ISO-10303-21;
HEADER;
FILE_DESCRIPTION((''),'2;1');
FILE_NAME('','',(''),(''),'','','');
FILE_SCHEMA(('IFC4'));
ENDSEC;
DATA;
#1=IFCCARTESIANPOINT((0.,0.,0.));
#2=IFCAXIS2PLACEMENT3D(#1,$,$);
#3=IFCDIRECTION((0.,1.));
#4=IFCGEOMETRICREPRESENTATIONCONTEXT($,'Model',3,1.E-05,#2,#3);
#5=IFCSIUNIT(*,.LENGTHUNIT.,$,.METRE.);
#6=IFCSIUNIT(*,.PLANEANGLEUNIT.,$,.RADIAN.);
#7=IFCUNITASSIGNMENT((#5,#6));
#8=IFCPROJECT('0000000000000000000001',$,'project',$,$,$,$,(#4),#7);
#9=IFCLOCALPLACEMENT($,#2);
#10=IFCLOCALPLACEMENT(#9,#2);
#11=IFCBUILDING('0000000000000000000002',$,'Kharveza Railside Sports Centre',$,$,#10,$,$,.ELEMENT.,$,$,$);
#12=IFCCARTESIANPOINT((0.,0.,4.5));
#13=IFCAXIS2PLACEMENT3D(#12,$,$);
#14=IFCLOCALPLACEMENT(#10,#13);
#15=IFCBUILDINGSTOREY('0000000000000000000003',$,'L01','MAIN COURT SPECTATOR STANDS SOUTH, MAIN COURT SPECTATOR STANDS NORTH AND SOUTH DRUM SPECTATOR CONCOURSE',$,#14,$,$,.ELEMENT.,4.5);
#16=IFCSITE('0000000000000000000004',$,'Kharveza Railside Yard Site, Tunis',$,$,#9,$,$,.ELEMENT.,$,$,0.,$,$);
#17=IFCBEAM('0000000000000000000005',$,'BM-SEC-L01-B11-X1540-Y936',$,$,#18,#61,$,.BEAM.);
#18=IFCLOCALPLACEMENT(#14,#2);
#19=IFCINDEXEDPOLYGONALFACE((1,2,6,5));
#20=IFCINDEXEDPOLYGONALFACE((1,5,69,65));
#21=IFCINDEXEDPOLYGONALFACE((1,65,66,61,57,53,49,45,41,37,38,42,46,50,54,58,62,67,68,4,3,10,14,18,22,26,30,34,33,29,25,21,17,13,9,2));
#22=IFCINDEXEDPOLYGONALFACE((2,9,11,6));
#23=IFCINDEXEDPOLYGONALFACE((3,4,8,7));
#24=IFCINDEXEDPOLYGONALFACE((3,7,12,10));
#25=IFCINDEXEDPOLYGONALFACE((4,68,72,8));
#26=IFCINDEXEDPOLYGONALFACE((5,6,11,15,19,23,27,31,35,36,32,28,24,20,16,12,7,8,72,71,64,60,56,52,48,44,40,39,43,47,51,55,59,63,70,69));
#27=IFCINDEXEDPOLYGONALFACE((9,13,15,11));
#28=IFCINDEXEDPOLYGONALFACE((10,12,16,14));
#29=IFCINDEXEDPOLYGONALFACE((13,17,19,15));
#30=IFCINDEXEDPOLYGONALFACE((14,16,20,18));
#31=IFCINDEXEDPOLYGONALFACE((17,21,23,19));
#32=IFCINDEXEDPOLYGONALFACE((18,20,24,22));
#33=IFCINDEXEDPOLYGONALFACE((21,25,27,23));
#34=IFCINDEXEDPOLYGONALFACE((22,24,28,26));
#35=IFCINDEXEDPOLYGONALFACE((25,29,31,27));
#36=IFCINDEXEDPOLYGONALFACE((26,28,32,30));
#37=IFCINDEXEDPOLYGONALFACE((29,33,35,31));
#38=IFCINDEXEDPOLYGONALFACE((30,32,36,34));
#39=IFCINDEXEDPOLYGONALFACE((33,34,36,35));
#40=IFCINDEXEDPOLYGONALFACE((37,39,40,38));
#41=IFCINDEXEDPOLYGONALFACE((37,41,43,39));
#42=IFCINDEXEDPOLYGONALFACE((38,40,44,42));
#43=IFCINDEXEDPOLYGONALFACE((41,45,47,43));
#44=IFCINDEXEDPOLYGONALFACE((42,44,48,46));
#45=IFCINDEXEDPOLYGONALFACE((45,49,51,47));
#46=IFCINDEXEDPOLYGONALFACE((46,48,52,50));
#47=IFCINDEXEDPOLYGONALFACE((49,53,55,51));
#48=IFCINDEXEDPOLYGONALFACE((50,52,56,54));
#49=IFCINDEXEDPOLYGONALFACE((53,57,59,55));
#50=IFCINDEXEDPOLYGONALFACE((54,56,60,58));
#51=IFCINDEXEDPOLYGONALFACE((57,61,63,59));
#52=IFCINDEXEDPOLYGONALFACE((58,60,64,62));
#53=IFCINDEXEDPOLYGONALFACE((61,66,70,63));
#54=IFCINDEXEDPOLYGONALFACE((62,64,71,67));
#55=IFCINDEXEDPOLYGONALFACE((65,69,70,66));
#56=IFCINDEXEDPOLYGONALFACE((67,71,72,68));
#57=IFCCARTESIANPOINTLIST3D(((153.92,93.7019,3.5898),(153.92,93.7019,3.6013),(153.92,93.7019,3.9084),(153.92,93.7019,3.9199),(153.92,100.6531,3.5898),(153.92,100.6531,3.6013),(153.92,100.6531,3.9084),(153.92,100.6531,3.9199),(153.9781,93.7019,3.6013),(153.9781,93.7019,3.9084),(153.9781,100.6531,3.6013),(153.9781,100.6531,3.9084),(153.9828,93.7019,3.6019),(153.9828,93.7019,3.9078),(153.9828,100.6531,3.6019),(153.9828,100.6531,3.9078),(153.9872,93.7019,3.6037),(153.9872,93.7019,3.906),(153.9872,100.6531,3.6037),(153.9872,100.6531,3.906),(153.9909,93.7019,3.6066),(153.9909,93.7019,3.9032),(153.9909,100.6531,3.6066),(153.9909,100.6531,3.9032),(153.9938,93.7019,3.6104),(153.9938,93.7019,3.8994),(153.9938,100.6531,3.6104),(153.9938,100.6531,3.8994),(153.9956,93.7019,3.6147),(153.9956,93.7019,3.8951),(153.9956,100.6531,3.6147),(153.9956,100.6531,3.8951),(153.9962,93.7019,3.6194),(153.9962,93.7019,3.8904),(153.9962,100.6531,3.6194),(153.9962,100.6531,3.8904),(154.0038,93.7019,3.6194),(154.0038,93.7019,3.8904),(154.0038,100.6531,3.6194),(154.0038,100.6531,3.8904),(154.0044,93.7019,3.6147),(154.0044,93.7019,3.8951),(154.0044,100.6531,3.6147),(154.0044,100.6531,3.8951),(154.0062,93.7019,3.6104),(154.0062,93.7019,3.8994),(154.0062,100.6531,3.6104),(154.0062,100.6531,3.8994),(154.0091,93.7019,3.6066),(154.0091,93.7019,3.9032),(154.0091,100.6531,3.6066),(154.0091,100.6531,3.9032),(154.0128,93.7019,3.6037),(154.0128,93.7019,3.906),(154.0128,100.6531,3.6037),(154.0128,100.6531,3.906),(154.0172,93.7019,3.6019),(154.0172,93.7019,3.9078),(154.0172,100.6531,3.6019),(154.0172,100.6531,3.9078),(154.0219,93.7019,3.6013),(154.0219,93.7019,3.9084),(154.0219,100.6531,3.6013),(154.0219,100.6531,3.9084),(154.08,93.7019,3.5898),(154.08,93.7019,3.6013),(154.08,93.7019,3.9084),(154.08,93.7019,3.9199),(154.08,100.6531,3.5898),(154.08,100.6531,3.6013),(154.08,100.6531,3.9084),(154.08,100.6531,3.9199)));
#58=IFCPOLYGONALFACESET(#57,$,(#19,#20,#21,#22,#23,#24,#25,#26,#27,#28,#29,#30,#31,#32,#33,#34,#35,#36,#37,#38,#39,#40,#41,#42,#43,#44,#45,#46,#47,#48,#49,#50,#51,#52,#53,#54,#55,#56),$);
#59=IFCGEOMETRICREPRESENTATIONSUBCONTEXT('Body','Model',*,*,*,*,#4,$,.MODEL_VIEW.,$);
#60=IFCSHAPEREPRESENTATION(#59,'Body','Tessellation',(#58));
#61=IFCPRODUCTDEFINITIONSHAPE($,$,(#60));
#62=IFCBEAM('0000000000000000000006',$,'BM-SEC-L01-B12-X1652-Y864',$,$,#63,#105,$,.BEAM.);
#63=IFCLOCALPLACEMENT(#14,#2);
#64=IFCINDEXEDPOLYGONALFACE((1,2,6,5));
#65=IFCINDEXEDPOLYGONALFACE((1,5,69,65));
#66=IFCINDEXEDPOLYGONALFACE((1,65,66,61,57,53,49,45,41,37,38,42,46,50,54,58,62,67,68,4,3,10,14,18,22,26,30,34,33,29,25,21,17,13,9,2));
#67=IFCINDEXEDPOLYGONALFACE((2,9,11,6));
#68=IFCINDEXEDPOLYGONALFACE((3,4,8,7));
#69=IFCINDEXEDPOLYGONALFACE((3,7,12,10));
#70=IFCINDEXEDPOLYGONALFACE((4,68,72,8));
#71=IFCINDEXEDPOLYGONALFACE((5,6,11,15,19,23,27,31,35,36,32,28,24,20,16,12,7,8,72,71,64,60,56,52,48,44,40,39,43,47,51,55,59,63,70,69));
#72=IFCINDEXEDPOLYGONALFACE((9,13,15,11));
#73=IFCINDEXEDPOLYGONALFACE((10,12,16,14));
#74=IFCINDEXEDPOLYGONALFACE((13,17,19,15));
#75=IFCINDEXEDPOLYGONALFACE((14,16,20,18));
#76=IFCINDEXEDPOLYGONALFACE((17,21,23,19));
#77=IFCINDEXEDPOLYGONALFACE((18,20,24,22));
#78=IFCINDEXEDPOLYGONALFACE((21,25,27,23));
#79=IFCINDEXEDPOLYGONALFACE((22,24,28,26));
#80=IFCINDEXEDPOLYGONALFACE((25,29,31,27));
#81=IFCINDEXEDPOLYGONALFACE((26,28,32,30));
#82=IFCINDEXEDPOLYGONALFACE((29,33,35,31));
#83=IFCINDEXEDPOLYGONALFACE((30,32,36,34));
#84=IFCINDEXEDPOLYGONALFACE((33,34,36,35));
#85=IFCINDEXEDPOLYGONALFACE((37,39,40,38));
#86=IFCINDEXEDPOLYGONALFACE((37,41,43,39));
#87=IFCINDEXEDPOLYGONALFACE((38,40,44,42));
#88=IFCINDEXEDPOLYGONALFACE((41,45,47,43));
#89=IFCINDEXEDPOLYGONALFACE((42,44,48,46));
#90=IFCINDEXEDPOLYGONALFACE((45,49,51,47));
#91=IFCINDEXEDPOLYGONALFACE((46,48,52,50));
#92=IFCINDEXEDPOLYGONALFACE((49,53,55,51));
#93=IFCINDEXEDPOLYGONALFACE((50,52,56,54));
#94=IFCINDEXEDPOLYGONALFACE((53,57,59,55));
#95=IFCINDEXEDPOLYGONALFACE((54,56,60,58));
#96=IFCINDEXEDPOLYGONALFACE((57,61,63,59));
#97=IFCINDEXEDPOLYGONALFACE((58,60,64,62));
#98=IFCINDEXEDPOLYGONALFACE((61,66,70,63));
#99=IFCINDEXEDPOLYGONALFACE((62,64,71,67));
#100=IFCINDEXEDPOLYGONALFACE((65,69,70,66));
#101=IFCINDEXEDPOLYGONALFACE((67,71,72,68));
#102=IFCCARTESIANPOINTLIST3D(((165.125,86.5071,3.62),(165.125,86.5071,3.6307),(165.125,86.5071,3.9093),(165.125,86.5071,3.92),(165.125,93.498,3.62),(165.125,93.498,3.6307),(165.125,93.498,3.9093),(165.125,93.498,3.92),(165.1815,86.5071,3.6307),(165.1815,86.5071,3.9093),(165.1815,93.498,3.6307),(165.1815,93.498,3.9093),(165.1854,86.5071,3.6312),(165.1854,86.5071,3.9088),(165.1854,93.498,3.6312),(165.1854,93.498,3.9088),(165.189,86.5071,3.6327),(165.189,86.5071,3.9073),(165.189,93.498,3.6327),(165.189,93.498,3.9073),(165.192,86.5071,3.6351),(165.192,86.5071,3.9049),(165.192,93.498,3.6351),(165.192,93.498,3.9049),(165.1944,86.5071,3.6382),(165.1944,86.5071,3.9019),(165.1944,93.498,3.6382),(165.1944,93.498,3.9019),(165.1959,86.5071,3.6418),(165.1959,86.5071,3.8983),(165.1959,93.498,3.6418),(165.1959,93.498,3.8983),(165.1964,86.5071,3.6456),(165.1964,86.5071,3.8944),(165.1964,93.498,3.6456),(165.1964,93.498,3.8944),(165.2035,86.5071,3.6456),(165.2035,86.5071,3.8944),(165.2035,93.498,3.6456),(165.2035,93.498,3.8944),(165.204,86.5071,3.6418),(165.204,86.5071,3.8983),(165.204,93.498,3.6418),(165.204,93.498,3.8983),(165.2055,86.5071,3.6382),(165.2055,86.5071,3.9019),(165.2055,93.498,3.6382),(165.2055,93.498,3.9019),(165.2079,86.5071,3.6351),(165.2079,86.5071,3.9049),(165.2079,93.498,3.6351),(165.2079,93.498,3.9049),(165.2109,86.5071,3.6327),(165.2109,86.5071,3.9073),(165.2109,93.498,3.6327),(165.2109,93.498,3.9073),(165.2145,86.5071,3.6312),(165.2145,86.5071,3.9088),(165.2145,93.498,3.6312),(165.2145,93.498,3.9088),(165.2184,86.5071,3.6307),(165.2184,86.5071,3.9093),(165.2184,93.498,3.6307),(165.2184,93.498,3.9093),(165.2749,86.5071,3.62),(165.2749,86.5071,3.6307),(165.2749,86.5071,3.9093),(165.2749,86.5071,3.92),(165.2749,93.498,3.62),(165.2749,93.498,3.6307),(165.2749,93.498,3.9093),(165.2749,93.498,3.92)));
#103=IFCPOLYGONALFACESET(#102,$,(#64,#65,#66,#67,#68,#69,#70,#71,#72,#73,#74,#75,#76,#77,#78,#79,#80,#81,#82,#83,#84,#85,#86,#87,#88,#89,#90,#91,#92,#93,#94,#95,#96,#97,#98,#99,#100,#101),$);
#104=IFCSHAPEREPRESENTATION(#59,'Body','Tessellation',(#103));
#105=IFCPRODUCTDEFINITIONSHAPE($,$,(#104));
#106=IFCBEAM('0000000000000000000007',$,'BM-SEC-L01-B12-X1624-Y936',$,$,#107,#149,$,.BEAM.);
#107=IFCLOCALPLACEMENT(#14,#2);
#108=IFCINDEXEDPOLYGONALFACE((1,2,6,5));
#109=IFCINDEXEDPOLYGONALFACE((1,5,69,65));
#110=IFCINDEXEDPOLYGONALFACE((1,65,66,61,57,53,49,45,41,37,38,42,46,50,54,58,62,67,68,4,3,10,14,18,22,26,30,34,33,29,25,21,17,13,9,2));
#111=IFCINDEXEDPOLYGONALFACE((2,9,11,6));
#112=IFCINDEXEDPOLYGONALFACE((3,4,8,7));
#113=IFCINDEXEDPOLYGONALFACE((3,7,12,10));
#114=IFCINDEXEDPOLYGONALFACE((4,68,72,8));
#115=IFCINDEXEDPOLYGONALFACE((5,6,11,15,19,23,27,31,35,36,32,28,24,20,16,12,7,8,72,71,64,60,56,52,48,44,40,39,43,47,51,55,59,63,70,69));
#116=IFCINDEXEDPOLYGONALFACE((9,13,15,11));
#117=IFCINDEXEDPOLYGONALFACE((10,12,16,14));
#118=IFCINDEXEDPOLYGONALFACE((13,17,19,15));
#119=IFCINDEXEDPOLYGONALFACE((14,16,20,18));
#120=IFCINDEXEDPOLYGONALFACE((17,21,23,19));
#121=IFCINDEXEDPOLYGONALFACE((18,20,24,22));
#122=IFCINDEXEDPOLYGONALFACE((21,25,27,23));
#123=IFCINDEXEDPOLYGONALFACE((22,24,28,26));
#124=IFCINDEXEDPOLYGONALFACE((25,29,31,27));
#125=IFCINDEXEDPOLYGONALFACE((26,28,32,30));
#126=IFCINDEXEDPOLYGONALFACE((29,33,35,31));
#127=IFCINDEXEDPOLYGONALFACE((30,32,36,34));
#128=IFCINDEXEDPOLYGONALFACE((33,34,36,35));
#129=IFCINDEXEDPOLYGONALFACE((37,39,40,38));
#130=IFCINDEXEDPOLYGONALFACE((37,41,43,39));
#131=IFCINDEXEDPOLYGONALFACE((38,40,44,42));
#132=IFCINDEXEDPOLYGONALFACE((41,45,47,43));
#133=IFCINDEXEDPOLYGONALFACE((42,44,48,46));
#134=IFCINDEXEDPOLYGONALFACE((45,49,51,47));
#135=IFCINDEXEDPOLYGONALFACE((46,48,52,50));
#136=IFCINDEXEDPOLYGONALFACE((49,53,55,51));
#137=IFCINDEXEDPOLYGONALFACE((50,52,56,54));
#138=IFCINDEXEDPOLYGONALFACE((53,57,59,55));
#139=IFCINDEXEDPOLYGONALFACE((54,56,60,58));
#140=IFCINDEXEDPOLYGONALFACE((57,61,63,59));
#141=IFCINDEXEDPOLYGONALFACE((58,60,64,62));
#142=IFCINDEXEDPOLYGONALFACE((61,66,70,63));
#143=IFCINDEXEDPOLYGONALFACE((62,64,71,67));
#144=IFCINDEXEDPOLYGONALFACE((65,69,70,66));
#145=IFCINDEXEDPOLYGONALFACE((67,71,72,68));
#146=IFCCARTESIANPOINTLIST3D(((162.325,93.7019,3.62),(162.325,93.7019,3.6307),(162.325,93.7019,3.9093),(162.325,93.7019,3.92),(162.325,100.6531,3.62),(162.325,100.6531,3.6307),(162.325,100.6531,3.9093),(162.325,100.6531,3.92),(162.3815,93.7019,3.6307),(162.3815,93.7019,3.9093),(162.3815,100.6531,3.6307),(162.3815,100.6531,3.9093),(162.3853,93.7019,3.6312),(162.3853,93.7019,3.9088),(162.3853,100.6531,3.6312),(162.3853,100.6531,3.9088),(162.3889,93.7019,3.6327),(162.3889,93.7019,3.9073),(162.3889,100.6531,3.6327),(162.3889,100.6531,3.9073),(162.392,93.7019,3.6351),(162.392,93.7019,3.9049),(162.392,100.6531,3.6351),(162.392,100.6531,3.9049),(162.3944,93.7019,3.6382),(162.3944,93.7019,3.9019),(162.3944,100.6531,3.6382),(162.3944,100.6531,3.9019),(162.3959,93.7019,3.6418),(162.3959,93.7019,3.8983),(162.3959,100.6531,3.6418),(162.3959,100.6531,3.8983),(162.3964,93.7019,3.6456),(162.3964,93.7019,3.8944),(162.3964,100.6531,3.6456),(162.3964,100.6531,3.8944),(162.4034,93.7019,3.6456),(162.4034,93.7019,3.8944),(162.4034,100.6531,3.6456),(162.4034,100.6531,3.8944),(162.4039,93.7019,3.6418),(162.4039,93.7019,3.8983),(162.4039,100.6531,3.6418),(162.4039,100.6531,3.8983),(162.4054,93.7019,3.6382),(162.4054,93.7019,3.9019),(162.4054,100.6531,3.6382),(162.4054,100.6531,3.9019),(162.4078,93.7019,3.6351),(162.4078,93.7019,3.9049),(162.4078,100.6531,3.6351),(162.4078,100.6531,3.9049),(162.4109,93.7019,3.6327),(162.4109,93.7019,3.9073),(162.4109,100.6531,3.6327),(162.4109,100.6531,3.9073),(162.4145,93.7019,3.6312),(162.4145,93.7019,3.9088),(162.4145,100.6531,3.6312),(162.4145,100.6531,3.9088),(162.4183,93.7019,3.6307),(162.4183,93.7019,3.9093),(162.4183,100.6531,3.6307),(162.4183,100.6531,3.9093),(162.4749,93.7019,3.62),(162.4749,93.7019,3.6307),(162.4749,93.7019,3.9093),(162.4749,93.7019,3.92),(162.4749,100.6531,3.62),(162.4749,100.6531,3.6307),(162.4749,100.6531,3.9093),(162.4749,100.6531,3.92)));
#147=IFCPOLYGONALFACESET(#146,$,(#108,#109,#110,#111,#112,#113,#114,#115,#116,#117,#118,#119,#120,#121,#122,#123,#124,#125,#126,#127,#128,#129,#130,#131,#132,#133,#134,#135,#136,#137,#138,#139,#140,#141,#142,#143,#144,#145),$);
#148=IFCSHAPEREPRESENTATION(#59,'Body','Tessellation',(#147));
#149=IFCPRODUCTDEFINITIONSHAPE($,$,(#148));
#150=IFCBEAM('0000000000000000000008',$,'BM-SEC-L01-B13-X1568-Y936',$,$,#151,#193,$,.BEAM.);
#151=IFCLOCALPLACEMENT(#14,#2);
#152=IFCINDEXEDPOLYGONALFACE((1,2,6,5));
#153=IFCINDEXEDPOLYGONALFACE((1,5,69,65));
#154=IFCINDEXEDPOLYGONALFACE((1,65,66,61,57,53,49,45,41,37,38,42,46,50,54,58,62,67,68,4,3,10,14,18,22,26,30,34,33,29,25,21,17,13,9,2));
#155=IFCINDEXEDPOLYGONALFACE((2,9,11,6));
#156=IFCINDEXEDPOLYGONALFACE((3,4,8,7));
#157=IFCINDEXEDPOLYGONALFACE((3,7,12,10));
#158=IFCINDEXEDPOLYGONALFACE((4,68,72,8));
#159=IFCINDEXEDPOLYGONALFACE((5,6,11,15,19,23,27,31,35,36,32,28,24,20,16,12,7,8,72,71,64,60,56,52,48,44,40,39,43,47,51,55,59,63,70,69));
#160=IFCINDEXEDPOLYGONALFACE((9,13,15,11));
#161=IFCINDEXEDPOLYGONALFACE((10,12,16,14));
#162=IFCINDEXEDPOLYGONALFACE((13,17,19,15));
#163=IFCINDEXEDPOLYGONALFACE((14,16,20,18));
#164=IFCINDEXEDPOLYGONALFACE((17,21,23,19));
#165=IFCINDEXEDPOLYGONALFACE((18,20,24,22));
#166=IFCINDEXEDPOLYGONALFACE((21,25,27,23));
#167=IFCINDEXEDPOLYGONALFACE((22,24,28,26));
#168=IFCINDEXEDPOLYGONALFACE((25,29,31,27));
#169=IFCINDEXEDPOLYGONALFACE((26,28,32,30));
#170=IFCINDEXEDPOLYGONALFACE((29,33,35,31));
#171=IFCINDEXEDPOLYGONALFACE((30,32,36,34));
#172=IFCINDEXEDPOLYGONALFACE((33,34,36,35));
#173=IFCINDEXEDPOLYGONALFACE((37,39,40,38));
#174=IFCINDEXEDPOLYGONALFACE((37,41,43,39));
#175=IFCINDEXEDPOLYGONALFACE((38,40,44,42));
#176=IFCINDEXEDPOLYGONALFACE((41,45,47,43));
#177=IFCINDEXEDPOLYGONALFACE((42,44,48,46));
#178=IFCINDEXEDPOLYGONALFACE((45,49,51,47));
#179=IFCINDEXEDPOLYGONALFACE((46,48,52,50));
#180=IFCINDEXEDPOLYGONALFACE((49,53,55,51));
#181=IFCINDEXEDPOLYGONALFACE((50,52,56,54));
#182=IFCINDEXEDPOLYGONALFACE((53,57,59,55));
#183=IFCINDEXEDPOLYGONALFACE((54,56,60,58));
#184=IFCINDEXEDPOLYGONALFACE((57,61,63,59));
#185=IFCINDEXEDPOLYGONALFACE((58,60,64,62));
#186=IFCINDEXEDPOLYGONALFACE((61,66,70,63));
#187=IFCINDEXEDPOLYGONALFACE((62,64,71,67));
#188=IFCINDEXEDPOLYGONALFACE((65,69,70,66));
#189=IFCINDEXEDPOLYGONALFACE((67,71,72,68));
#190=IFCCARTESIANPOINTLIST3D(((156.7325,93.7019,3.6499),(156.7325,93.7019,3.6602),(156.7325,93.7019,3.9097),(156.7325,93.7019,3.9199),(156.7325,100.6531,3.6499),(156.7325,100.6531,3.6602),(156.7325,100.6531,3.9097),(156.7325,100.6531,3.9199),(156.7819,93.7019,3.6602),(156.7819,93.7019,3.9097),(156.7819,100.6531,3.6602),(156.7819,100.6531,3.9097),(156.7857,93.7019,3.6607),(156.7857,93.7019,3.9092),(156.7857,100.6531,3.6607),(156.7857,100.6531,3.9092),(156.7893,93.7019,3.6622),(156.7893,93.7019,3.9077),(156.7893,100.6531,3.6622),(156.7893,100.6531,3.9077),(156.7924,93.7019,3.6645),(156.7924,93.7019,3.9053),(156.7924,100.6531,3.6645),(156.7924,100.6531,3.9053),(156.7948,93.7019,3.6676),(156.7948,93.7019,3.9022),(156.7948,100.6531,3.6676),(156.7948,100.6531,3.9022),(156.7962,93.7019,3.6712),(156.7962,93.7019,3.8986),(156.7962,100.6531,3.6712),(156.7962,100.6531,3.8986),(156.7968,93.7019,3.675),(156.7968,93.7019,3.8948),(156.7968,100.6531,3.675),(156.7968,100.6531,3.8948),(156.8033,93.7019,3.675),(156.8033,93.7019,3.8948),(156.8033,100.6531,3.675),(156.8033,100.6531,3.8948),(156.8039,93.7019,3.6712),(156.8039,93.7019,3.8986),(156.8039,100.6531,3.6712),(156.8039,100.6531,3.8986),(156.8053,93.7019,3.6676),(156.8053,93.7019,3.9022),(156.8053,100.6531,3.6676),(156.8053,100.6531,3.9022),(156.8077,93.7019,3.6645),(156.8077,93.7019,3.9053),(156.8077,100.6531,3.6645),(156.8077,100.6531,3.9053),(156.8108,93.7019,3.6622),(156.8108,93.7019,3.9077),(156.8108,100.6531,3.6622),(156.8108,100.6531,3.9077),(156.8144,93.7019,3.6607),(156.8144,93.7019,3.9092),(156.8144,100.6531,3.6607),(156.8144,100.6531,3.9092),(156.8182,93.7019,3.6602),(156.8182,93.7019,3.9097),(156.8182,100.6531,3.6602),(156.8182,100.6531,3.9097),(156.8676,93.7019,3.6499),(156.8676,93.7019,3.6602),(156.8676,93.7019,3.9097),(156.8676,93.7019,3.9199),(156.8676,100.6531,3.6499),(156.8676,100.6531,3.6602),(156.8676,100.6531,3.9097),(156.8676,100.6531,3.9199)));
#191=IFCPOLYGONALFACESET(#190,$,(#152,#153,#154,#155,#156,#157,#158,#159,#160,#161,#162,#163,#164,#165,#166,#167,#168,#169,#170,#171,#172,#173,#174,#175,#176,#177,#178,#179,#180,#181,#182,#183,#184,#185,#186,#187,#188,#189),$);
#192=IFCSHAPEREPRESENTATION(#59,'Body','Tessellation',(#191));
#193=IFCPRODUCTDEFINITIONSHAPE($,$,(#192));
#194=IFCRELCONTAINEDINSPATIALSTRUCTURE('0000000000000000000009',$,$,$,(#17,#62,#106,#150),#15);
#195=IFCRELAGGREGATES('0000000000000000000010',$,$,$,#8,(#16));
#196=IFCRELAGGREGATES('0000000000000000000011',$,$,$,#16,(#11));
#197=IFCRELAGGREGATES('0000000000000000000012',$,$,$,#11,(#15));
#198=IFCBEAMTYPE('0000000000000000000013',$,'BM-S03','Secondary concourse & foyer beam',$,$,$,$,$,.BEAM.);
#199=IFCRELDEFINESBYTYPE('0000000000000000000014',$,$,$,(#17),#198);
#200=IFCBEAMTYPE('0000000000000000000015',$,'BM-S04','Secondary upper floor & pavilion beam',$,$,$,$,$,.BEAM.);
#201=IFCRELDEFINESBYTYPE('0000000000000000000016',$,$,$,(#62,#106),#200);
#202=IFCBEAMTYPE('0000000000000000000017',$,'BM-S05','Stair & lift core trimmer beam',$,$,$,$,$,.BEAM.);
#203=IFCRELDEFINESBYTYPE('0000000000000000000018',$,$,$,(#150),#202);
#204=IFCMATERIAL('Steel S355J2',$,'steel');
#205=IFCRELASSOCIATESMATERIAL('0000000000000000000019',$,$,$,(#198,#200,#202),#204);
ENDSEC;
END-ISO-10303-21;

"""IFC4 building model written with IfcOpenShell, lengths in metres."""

from ifc_helpers import new_model, si_unit, direction, frame, origin, origin_2d, place, context, subcontext, project, spatial, i_section, extrude, material, material_profile, profile_set, type_object, element, save


model = new_model("IFC4")

# Units and contexts
model_context = context("Model", 3, precision=1e-05, world=origin(), true_north=direction((0.0, 1.0)))
body_context = subcontext(model_context, "Body", "Model", "MODEL_VIEW")
ifc_project = project(units=[si_unit("LENGTHUNIT", "METRE"), si_unit("PLANEANGLEUNIT", "RADIAN")], contexts=[model_context])

# Site, building, storey
site_placement = place(None, origin())
site = spatial("IfcSite", under=ifc_project, at=site_placement, Name="Kharveza Railside Yard Site, Tunis", CompositionType="ELEMENT", RefElevation=0.0)
building_placement = place(site_placement, origin())
building = spatial("IfcBuilding", under=site, at=building_placement, Name="Kharveza Railside Sports Centre", CompositionType="ELEMENT")
storey_placement = place(building_placement, frame((0.0, 0.0, 4.5)))
storey = spatial("IfcBuildingStorey", under=building, at=storey_placement, Name="L01", Description="MAIN COURT SPECTATOR STANDS SOUTH, MAIN COURT SPECTATOR STANDS NORTH AND SOUTH DRUM SPECTATOR CONCOURSE", CompositionType="ELEMENT", Elevation=4.5)

# Shared definitions
ifc_material_1 = material(Name="Steel S355J2", Category="steel")

# Beams
ifc_material_profile_1 = material_profile(ifc_material_1, i_section(OverallWidth=0.1599, OverallDepth=0.3301, WebThickness=0.0076, FlangeThickness=0.0115, FilletRadius=0.0181, at=origin_2d()), Name="IPE 330")
ifc_profile_set_1 = profile_set([ifc_material_profile_1], Name="Steel S355J2")
beam_type_1 = type_object("IfcBeamType", Name="BM-S03", Description="Secondary concourse & foyer beam", PredefinedType="BEAM", material=ifc_profile_set_1)
beam_1_placement = place(storey_placement, frame((154.0, 93.7019, 3.7549), z_axis=(0.0, 1.0, 0.0), x_axis=(-1.0, 0.0, 0.0)))
element("IfcBeam", 1, at=beam_1_placement, inside=storey, type_object=beam_type_1, Name="BM-SEC-L01-B11-X1540-Y936", PredefinedType="BEAM", context=body_context, shape_type="SweptSolid", body=[
    extrude(i_section(OverallWidth=0.1599, OverallDepth=0.3301, WebThickness=0.0076, FlangeThickness=0.0115, FilletRadius=0.0181, at=origin_2d()), origin(), (0.0, 0.0, 1.0), 6.9512),
])
ifc_material_profile_2 = material_profile(ifc_material_1, i_section(OverallWidth=0.1499, OverallDepth=0.3, WebThickness=0.0071, FlangeThickness=0.0107, FilletRadius=0.0149, at=origin_2d()), Name="IPE 300")
ifc_profile_set_2 = profile_set([ifc_material_profile_2], Name="Steel S355J2")
beam_type_2 = type_object("IfcBeamType", Name="BM-S04", Description="Secondary upper floor & pavilion beam", PredefinedType="BEAM", material=ifc_profile_set_2)
beam_2_placement = place(storey_placement, frame((165.2, 86.5071, 3.77), z_axis=(0.0, 1.0, 0.0), x_axis=(-1.0, 0.0, 0.0)))
element("IfcBeam", 2, at=beam_2_placement, inside=storey, type_object=beam_type_2, Name="BM-SEC-L01-B12-X1652-Y864", PredefinedType="BEAM", context=body_context, shape_type="SweptSolid", body=[
    extrude(i_section(OverallWidth=0.1499, OverallDepth=0.3, WebThickness=0.0071, FlangeThickness=0.0107, FilletRadius=0.0149, at=origin_2d()), origin(), (0.0, 0.0, 1.0), 6.991),
])
beam_3_placement = place(storey_placement, frame((162.3999, 93.7019, 3.77), z_axis=(0.0, 1.0, 0.0), x_axis=(-1.0, 0.0, 0.0)))
element("IfcBeam", 3, at=beam_3_placement, inside=storey, type_object=beam_type_2, Name="BM-SEC-L01-B12-X1624-Y936", PredefinedType="BEAM", context=body_context, shape_type="SweptSolid", body=[
    extrude(i_section(OverallWidth=0.1499, OverallDepth=0.3, WebThickness=0.0071, FlangeThickness=0.0107, FilletRadius=0.0149, at=origin_2d()), origin(), (0.0, 0.0, 1.0), 6.9512),
])
ifc_material_profile_3 = material_profile(ifc_material_1, i_section(OverallWidth=0.135, OverallDepth=0.27, WebThickness=0.0066, FlangeThickness=0.0103, FilletRadius=0.0149, at=origin_2d()), Name="IPE 270")
ifc_profile_set_3 = profile_set([ifc_material_profile_3], Name="Steel S355J2")
beam_type_3 = type_object("IfcBeamType", Name="BM-S05", Description="Stair & lift core trimmer beam", PredefinedType="BEAM", material=ifc_profile_set_3)
beam_4_placement = place(storey_placement, frame((156.8, 93.7019, 3.7849), z_axis=(0.0, 1.0, 0.0), x_axis=(-1.0, 0.0, 0.0)))
element("IfcBeam", 4, at=beam_4_placement, inside=storey, type_object=beam_type_3, Name="BM-SEC-L01-B13-X1568-Y936", PredefinedType="BEAM", context=body_context, shape_type="SweptSolid", body=[
    extrude(i_section(OverallWidth=0.135, OverallDepth=0.27, WebThickness=0.0066, FlangeThickness=0.0103, FilletRadius=0.0149, at=origin_2d()), origin(), (0.0, 0.0, 1.0), 6.9512),
])

save(model, "model.ifc")
